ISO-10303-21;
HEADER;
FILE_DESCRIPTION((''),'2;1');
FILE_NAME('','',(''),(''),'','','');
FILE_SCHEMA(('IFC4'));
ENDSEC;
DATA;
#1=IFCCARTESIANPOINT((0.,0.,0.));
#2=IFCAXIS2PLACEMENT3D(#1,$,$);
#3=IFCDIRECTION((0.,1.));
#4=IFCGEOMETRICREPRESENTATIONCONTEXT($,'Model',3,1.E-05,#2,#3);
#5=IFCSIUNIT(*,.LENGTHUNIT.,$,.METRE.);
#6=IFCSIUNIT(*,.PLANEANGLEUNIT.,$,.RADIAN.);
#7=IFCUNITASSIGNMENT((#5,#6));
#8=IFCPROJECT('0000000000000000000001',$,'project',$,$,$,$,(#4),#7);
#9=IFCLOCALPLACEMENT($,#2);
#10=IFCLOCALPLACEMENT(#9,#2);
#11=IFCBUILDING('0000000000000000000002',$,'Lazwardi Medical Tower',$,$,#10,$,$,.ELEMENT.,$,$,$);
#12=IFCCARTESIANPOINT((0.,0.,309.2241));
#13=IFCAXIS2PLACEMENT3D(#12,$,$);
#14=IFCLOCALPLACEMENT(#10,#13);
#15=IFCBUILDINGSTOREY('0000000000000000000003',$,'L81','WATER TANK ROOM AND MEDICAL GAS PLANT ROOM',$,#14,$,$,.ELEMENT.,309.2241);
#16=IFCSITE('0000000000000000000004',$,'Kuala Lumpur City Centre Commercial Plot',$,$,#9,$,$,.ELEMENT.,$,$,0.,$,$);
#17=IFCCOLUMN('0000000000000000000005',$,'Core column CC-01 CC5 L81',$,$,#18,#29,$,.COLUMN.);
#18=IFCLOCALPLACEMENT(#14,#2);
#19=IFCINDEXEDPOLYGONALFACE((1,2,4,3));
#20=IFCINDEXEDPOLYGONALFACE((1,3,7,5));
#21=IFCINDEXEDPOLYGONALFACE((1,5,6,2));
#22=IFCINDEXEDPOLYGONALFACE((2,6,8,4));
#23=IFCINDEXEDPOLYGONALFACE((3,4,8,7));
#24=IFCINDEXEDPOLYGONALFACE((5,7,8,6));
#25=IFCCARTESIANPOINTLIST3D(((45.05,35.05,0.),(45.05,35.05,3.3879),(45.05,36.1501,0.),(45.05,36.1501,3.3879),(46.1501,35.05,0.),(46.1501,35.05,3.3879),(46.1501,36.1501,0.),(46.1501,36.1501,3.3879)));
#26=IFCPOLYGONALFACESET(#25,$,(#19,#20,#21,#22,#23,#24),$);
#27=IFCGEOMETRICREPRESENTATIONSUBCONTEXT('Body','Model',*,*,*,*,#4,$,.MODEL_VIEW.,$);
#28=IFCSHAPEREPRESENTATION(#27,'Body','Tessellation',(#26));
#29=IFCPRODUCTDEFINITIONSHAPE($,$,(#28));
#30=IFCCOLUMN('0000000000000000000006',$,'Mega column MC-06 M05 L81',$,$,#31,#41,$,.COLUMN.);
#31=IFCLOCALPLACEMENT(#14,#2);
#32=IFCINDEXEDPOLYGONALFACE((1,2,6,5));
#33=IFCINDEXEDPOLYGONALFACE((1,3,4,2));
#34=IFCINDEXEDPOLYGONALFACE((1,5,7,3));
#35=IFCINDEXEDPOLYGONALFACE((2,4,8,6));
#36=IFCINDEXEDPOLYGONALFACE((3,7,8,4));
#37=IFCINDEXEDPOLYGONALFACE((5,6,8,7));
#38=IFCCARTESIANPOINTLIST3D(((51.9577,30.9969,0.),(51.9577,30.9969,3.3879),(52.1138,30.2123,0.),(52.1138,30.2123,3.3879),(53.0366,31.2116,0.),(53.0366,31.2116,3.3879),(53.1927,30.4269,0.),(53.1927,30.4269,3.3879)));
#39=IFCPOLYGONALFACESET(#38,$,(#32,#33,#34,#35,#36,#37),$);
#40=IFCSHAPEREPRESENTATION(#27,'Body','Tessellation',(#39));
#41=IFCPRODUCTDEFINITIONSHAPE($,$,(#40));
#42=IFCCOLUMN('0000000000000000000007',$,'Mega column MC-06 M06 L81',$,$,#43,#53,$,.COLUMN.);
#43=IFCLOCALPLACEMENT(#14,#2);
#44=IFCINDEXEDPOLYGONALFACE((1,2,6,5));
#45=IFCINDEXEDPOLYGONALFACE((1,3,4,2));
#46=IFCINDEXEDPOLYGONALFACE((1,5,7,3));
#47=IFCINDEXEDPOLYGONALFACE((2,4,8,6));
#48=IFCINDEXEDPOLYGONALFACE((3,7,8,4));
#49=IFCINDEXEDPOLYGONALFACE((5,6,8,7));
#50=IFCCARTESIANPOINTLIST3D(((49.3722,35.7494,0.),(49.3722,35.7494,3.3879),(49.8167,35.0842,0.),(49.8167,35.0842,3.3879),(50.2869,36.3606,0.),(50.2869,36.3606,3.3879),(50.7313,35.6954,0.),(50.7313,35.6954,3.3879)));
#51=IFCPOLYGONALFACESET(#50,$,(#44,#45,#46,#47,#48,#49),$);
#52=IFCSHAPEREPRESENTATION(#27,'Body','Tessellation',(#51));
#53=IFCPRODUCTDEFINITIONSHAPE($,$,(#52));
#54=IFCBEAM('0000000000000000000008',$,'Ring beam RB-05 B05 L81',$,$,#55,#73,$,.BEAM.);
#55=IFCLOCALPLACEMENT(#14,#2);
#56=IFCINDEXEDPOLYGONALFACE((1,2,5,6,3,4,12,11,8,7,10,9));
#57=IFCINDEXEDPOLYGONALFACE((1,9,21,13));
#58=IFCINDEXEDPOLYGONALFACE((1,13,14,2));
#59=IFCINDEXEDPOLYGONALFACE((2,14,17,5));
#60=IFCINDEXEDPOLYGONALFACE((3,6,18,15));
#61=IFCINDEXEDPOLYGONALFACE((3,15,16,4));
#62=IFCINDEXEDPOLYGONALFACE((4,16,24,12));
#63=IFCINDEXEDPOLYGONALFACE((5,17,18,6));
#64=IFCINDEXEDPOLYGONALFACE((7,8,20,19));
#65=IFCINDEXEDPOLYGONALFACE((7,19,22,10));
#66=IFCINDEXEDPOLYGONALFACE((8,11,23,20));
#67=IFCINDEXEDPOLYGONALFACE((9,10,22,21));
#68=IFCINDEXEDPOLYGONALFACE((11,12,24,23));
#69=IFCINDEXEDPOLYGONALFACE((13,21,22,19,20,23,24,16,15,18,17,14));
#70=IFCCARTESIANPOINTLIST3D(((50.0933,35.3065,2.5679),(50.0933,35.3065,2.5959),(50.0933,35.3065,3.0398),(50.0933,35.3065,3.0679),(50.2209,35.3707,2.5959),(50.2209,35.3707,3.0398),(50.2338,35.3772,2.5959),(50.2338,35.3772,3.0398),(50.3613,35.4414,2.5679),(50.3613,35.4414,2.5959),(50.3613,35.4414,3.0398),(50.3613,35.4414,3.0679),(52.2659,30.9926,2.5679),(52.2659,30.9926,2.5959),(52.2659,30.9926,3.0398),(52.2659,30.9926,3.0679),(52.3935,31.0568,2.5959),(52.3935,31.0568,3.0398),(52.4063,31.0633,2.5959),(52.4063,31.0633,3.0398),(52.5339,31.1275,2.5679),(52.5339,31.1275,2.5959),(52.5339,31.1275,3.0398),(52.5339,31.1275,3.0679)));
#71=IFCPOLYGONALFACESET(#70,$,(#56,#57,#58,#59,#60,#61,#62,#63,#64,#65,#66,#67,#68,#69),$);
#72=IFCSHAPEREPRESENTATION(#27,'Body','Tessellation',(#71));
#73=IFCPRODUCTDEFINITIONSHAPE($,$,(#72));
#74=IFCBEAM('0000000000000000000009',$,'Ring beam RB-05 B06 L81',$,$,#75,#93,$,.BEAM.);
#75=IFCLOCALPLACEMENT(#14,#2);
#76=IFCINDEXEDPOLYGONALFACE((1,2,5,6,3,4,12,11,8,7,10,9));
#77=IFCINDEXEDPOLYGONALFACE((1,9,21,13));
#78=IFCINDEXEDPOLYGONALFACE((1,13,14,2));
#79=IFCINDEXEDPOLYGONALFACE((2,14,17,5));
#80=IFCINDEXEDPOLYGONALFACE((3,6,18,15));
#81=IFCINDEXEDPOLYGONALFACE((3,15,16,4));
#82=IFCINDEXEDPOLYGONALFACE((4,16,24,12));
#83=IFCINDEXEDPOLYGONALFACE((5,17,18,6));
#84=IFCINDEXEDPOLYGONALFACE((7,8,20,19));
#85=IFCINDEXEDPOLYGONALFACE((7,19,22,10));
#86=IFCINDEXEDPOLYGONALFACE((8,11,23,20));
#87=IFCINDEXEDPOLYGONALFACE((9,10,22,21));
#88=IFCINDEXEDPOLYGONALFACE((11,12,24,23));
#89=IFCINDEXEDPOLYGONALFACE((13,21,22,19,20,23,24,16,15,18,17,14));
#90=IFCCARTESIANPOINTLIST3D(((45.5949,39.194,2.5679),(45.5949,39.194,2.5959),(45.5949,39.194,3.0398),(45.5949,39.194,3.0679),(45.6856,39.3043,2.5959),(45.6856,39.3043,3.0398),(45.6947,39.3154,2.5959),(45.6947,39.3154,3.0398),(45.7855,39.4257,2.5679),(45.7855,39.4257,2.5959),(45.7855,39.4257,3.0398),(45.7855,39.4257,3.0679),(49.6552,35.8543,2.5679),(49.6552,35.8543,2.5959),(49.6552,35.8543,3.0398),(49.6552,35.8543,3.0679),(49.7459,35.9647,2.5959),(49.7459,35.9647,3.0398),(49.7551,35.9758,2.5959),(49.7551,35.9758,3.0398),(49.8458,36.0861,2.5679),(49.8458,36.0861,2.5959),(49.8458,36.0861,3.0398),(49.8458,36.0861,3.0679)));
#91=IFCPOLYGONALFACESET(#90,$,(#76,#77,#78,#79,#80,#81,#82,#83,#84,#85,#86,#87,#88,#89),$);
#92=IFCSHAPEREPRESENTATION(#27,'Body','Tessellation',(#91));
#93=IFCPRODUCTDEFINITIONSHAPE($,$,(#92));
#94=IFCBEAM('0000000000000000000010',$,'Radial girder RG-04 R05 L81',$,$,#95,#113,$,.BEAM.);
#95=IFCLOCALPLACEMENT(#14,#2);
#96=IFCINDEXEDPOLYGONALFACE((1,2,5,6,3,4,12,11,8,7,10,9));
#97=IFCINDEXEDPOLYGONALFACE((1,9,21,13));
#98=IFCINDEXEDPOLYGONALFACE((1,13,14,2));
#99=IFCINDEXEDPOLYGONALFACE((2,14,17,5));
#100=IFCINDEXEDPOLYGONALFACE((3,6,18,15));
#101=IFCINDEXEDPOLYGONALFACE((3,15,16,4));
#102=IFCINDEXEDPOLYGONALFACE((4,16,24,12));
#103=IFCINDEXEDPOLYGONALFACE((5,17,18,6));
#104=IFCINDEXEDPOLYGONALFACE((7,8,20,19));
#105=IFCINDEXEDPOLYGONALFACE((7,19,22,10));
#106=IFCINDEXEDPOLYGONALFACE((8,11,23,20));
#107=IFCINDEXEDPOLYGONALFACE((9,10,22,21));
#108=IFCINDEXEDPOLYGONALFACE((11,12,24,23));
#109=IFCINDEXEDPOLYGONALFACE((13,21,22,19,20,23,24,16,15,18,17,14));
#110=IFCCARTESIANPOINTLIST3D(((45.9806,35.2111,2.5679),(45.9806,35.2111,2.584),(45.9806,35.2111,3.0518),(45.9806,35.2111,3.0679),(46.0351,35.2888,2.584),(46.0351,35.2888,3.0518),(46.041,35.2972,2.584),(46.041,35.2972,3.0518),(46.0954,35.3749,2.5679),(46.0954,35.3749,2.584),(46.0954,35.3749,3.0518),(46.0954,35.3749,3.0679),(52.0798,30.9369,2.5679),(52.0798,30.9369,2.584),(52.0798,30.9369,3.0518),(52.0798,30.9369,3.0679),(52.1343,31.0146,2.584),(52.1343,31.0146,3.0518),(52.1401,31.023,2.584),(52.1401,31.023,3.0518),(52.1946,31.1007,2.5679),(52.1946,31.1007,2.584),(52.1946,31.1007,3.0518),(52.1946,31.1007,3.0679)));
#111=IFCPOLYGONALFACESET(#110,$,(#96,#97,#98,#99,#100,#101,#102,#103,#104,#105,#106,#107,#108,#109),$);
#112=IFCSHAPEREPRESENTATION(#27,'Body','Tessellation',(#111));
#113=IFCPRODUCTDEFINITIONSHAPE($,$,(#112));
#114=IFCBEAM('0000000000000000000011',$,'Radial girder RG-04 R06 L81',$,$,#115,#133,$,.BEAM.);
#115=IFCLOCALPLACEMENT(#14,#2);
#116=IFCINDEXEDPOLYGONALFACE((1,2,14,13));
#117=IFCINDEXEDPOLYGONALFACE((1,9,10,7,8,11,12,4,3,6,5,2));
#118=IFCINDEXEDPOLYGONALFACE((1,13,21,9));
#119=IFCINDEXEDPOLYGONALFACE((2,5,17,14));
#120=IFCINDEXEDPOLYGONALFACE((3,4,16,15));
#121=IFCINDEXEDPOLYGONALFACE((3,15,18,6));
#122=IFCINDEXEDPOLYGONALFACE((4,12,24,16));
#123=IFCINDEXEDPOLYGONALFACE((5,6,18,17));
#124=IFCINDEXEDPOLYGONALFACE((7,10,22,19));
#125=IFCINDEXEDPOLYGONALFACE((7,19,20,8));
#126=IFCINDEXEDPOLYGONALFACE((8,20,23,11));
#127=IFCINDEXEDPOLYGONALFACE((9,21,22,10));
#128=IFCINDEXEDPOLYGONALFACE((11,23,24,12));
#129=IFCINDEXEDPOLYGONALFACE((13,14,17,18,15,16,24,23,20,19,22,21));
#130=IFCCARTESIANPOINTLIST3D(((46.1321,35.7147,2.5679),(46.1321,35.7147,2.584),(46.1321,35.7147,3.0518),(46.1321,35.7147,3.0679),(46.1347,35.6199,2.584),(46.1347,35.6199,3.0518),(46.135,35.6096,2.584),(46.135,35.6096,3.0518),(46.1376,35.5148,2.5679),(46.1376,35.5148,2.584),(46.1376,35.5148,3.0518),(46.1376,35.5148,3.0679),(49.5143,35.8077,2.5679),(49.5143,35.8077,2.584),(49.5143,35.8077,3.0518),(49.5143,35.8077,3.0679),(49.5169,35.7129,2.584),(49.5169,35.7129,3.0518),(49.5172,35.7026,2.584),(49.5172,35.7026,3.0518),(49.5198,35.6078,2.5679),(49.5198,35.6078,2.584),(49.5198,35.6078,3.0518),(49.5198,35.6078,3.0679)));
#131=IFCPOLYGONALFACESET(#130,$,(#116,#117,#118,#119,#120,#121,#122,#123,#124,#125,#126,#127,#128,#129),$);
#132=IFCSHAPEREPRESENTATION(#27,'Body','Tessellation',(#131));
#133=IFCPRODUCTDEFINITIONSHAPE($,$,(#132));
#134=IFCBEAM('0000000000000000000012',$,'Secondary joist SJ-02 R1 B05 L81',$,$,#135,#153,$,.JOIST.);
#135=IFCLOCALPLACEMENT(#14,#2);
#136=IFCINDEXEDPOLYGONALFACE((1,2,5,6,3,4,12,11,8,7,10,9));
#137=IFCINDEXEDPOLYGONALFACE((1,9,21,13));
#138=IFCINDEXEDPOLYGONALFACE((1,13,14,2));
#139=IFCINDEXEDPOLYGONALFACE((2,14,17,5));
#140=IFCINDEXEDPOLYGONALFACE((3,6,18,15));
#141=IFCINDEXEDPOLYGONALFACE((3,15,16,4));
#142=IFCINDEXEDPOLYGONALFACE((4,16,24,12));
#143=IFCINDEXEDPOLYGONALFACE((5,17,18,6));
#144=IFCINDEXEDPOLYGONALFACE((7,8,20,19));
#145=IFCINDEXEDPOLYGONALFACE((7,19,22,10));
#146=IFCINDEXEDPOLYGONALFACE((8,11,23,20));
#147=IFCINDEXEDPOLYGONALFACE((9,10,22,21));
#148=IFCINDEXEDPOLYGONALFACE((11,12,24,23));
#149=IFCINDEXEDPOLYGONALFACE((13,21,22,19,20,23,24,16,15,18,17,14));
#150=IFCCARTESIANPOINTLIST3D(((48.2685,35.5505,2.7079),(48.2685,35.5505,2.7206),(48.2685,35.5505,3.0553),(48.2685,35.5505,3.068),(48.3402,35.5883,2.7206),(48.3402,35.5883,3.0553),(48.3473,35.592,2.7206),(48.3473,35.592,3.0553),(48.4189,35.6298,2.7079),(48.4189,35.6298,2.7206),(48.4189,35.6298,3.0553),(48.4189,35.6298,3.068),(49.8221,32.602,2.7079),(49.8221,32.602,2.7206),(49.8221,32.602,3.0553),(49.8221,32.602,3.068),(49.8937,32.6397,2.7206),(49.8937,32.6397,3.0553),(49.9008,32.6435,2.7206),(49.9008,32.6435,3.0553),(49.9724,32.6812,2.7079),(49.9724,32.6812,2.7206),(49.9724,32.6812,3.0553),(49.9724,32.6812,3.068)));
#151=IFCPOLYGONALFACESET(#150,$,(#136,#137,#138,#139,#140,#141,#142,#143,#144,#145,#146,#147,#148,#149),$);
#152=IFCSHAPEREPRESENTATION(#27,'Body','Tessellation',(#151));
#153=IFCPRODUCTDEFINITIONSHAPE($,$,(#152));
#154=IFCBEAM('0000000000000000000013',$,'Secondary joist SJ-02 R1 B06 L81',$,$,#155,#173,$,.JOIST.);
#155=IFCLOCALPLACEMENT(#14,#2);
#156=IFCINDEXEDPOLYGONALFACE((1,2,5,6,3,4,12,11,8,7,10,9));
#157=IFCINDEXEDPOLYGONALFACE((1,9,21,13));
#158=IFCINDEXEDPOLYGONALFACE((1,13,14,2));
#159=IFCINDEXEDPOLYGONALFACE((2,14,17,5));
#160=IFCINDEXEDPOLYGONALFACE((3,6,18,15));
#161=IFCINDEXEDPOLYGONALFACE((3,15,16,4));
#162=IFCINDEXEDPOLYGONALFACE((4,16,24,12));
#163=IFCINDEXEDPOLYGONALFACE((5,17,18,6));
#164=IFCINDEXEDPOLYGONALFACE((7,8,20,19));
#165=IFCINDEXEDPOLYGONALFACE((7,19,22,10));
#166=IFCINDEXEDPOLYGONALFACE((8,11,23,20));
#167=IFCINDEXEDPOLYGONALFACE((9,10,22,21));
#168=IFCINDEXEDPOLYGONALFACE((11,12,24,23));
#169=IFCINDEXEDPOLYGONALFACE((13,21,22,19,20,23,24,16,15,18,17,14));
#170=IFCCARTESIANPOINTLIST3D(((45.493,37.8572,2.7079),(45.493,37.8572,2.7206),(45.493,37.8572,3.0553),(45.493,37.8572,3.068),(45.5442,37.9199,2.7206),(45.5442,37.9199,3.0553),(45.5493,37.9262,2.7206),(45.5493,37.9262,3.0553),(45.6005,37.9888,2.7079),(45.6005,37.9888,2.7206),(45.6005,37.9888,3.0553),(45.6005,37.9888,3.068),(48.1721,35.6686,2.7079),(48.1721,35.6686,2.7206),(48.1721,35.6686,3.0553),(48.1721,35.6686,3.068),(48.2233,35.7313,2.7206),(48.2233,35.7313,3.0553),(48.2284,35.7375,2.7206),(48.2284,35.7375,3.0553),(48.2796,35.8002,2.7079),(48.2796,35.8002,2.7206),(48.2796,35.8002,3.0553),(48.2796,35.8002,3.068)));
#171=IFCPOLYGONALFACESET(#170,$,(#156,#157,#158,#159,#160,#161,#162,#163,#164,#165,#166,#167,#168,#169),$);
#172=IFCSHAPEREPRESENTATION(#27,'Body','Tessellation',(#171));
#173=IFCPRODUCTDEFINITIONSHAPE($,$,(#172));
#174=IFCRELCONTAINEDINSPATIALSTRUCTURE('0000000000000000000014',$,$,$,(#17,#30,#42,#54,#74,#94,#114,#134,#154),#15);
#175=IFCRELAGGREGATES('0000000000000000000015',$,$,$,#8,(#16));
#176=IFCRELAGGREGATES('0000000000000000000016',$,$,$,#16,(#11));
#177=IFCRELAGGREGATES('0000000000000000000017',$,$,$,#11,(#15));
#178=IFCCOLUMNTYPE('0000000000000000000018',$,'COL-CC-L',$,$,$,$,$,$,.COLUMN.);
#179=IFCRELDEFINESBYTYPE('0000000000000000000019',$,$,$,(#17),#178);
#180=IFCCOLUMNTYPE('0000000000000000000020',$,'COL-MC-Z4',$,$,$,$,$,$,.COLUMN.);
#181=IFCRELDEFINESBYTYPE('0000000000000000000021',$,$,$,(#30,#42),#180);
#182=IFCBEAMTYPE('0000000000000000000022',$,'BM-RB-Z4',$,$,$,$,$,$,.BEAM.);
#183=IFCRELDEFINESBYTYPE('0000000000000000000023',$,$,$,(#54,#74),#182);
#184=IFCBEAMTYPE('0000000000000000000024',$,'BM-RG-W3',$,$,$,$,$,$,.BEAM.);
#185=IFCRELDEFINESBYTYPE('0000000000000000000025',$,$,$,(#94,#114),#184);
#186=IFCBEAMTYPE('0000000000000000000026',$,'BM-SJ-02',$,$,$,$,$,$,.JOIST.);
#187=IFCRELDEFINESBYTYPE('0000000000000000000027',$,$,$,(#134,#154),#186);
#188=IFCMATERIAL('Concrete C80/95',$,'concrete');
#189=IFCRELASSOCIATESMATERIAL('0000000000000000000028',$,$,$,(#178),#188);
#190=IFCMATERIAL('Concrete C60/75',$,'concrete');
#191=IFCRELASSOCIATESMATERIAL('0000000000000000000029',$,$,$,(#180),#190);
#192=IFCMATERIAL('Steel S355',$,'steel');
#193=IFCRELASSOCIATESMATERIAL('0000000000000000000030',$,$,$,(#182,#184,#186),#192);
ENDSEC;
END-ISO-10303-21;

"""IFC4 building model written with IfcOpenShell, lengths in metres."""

from ifc_helpers import new_model, si_unit, direction, frame, origin, origin_2d, place, context, subcontext, project, spatial, rectangle, i_section, extrude, material, material_profile, profile_set, type_object, element, save


model = new_model("IFC4")

# Units and contexts
model_context = context("Model", 3, precision=1e-05, world=origin(), true_north=direction((0.0, 1.0)))
body_context = subcontext(model_context, "Body", "Model", "MODEL_VIEW")
ifc_project = project(units=[si_unit("LENGTHUNIT", "METRE"), si_unit("PLANEANGLEUNIT", "RADIAN")], contexts=[model_context])

# Site, building, storey
site_placement = place(None, origin())
site = spatial("IfcSite", under=ifc_project, at=site_placement, Name="Kuala Lumpur City Centre Commercial Plot", CompositionType="ELEMENT", RefElevation=0.0)
building_placement = place(site_placement, origin())
building = spatial("IfcBuilding", under=site, at=building_placement, Name="Lazwardi Medical Tower", CompositionType="ELEMENT")
storey_placement = place(building_placement, frame((0.0, 0.0, 309.2241)))
storey = spatial("IfcBuildingStorey", under=building, at=storey_placement, Name="L81", Description="WATER TANK ROOM AND MEDICAL GAS PLANT ROOM", CompositionType="ELEMENT", Elevation=309.2241)

# Columns
ifc_material_1 = material(Name="Concrete C80/95", Category="concrete")
ifc_material_profile_1 = material_profile(ifc_material_1, rectangle(XDim=1.1001, YDim=1.1001, at=origin_2d()), Name="RC 1100x1100")
ifc_profile_set_1 = profile_set([ifc_material_profile_1], Name="Concrete C80/95")
column_type_1 = type_object("IfcColumnType", Name="COL-CC-L", PredefinedType="COLUMN", material=ifc_profile_set_1)
column_placement = place(storey_placement, frame((45.6001, 35.6001, 0.0), z_axis=(0.0, 0.0, 1.0), x_axis=(1.0, 0.0, 0.0)))
element("IfcColumn", 1, at=column_placement, inside=storey, type_object=column_type_1, Name="Core column CC-01 CC5 L81", PredefinedType="COLUMN", context=body_context, shape_type="SweptSolid", body=[
    extrude(rectangle(XDim=1.1001, YDim=1.1001, at=origin_2d()), origin(), (0.0, 0.0, 1.0), 3.3879),
])
ifc_material_2 = material(Name="Concrete C60/75", Category="concrete")
ifc_material_profile_2 = material_profile(ifc_material_2, rectangle(XDim=1.1001, YDim=0.8, at=origin_2d()), Name="CFT-RECT 1100x800")
ifc_profile_set_2 = profile_set([ifc_material_profile_2], Name="Concrete C60/75")
column_type_2 = type_object("IfcColumnType", Name="COL-MC-Z4", PredefinedType="COLUMN", material=ifc_profile_set_2)
for number, where, z_axis, x_axis, name in (
    (2, (52.5752, 30.7119, 0.0), (0.0, 0.0, 1.0), (0.980785, 0.19509, 0.0), "Mega column MC-06 M05 L81"),
    (3, (50.0518, 35.7224, 0.0), (0.0, 0.0, 1.0), (0.83147, 0.55557, 0.0), "Mega column MC-06 M06 L81"),
):
    element("IfcColumn", number, at=place(storey_placement, frame(where, z_axis=z_axis, x_axis=x_axis)), inside=storey, type_object=column_type_2, Name=name, PredefinedType="COLUMN", context=body_context, shape_type="SweptSolid", body=[
        extrude(rectangle(XDim=1.1001, YDim=0.8, at=origin_2d()), origin(), (0.0, 0.0, 1.0), 3.3879),
    ])

# Beams
ifc_material_3 = material(Name="Steel S355", Category="steel")
ifc_material_profile_3 = material_profile(ifc_material_3, i_section(OverallWidth=0.3, OverallDepth=0.5, WebThickness=0.0144, FlangeThickness=0.0281, at=origin_2d()), Name="HEB 500")
ifc_profile_set_3 = profile_set([ifc_material_profile_3], Name="Steel S355")
beam_type_1 = type_object("IfcBeamType", Name="BM-RB-Z4", PredefinedType="BEAM", material=ifc_profile_set_3)
beam_1_placement = place(storey_placement, frame((52.3999, 31.0601, 2.8179), z_axis=(-0.4498, 0.893129, 0.0), x_axis=(-0.893129, -0.4498, 0.0)))
element("IfcBeam", 4, at=beam_1_placement, inside=storey, type_object=beam_type_1, Name="Ring beam RB-05 B05 L81", PredefinedType="BEAM", context=body_context, shape_type="SweptSolid", body=[
    extrude(i_section(OverallWidth=0.3, OverallDepth=0.5, WebThickness=0.0144, FlangeThickness=0.0281, at=origin_2d()), origin(), (0.0, 0.0, 1.0), 4.8301),
])
beam_2_placement = place(storey_placement, frame((49.7505, 35.9702, 2.8179), z_axis=(-0.77232, 0.635233, 0.0), x_axis=(-0.635233, -0.77232, 0.0)))
element("IfcBeam", 5, at=beam_2_placement, inside=storey, type_object=beam_type_1, Name="Ring beam RB-05 B06 L81", PredefinedType="BEAM", context=body_context, shape_type="SweptSolid", body=[
    extrude(i_section(OverallWidth=0.3, OverallDepth=0.5, WebThickness=0.0144, FlangeThickness=0.0281, at=origin_2d()), origin(), (0.0, 0.0, 1.0), 5.2573),
])
ifc_material_profile_4 = material_profile(ifc_material_3, i_section(OverallWidth=0.2, OverallDepth=0.5, WebThickness=0.0103, FlangeThickness=0.0161, at=origin_2d()), Name="IPE 500")
ifc_profile_set_4 = profile_set([ifc_material_profile_4], Name="Steel S355")
beam_type_2 = type_object("IfcBeamType", Name="BM-RG-W3", PredefinedType="BEAM", material=ifc_profile_set_4)
beam_3_placement = place(storey_placement, frame((52.1372, 31.0188, 2.8179), z_axis=(-0.81893, 0.573893, 0.0), x_axis=(-0.573893, -0.81893, 0.0)))
element("IfcBeam", 6, at=beam_3_placement, inside=storey, type_object=beam_type_2, Name="Radial girder RG-04 R05 L81", PredefinedType="BEAM", context=body_context, shape_type="SweptSolid", body=[
    extrude(i_section(OverallWidth=0.2, OverallDepth=0.5, WebThickness=0.0103, FlangeThickness=0.0161, at=origin_2d()), origin(), (0.0, 0.0, 1.0), 7.4478),
])
beam_4_placement = place(storey_placement, frame((49.5171, 35.7078, 2.8179), z_axis=(-0.999622, -0.027491, 0.0), x_axis=(0.027491, -0.999622, 0.0)))
element("IfcBeam", 7, at=beam_4_placement, inside=storey, type_object=beam_type_2, Name="Radial girder RG-04 R06 L81", PredefinedType="BEAM", context=body_context, shape_type="SweptSolid", body=[
    extrude(i_section(OverallWidth=0.2, OverallDepth=0.5, WebThickness=0.0103, FlangeThickness=0.0161, at=origin_2d()), origin(), (0.0, 0.0, 1.0), 3.3835),
])
ifc_material_profile_5 = material_profile(ifc_material_3, i_section(OverallWidth=0.1699, OverallDepth=0.3601, WebThickness=0.0081, FlangeThickness=0.0127, at=origin_2d()), Name="IPE 360")
ifc_profile_set_5 = profile_set([ifc_material_profile_5], Name="Steel S355")
beam_type_3 = type_object("IfcBeamType", Name="BM-SJ-02", PredefinedType="JOIST", material=ifc_profile_set_5)
beam_5_placement = place(storey_placement, frame((49.8972, 32.6416, 2.8879), z_axis=(-0.46613, 0.884716, 0.0), x_axis=(-0.884716, -0.46613, 0.0)))
element("IfcBeam", 8, at=beam_5_placement, inside=storey, type_object=beam_type_3, Name="Secondary joist SJ-02 R1 B05 L81", PredefinedType="JOIST", context=body_context, shape_type="SweptSolid", body=[
    extrude(i_section(OverallWidth=0.1699, OverallDepth=0.3601, WebThickness=0.0081, FlangeThickness=0.0127, at=origin_2d()), origin(), (0.0, 0.0, 1.0), 3.3328),
])
beam_6_placement = place(storey_placement, frame((48.2258, 35.7344, 2.8879), z_axis=(-0.774432, 0.632657, 0.0), x_axis=(-0.632657, -0.774432, 0.0)))
element("IfcBeam", 9, at=beam_6_placement, inside=storey, type_object=beam_type_3, Name="Secondary joist SJ-02 R1 B06 L81", PredefinedType="JOIST", context=body_context, shape_type="SweptSolid", body=[
    extrude(i_section(OverallWidth=0.1699, OverallDepth=0.3601, WebThickness=0.0081, FlangeThickness=0.0127, at=origin_2d()), origin(), (0.0, 0.0, 1.0), 3.4595),
])

save(model, "model.ifc")
